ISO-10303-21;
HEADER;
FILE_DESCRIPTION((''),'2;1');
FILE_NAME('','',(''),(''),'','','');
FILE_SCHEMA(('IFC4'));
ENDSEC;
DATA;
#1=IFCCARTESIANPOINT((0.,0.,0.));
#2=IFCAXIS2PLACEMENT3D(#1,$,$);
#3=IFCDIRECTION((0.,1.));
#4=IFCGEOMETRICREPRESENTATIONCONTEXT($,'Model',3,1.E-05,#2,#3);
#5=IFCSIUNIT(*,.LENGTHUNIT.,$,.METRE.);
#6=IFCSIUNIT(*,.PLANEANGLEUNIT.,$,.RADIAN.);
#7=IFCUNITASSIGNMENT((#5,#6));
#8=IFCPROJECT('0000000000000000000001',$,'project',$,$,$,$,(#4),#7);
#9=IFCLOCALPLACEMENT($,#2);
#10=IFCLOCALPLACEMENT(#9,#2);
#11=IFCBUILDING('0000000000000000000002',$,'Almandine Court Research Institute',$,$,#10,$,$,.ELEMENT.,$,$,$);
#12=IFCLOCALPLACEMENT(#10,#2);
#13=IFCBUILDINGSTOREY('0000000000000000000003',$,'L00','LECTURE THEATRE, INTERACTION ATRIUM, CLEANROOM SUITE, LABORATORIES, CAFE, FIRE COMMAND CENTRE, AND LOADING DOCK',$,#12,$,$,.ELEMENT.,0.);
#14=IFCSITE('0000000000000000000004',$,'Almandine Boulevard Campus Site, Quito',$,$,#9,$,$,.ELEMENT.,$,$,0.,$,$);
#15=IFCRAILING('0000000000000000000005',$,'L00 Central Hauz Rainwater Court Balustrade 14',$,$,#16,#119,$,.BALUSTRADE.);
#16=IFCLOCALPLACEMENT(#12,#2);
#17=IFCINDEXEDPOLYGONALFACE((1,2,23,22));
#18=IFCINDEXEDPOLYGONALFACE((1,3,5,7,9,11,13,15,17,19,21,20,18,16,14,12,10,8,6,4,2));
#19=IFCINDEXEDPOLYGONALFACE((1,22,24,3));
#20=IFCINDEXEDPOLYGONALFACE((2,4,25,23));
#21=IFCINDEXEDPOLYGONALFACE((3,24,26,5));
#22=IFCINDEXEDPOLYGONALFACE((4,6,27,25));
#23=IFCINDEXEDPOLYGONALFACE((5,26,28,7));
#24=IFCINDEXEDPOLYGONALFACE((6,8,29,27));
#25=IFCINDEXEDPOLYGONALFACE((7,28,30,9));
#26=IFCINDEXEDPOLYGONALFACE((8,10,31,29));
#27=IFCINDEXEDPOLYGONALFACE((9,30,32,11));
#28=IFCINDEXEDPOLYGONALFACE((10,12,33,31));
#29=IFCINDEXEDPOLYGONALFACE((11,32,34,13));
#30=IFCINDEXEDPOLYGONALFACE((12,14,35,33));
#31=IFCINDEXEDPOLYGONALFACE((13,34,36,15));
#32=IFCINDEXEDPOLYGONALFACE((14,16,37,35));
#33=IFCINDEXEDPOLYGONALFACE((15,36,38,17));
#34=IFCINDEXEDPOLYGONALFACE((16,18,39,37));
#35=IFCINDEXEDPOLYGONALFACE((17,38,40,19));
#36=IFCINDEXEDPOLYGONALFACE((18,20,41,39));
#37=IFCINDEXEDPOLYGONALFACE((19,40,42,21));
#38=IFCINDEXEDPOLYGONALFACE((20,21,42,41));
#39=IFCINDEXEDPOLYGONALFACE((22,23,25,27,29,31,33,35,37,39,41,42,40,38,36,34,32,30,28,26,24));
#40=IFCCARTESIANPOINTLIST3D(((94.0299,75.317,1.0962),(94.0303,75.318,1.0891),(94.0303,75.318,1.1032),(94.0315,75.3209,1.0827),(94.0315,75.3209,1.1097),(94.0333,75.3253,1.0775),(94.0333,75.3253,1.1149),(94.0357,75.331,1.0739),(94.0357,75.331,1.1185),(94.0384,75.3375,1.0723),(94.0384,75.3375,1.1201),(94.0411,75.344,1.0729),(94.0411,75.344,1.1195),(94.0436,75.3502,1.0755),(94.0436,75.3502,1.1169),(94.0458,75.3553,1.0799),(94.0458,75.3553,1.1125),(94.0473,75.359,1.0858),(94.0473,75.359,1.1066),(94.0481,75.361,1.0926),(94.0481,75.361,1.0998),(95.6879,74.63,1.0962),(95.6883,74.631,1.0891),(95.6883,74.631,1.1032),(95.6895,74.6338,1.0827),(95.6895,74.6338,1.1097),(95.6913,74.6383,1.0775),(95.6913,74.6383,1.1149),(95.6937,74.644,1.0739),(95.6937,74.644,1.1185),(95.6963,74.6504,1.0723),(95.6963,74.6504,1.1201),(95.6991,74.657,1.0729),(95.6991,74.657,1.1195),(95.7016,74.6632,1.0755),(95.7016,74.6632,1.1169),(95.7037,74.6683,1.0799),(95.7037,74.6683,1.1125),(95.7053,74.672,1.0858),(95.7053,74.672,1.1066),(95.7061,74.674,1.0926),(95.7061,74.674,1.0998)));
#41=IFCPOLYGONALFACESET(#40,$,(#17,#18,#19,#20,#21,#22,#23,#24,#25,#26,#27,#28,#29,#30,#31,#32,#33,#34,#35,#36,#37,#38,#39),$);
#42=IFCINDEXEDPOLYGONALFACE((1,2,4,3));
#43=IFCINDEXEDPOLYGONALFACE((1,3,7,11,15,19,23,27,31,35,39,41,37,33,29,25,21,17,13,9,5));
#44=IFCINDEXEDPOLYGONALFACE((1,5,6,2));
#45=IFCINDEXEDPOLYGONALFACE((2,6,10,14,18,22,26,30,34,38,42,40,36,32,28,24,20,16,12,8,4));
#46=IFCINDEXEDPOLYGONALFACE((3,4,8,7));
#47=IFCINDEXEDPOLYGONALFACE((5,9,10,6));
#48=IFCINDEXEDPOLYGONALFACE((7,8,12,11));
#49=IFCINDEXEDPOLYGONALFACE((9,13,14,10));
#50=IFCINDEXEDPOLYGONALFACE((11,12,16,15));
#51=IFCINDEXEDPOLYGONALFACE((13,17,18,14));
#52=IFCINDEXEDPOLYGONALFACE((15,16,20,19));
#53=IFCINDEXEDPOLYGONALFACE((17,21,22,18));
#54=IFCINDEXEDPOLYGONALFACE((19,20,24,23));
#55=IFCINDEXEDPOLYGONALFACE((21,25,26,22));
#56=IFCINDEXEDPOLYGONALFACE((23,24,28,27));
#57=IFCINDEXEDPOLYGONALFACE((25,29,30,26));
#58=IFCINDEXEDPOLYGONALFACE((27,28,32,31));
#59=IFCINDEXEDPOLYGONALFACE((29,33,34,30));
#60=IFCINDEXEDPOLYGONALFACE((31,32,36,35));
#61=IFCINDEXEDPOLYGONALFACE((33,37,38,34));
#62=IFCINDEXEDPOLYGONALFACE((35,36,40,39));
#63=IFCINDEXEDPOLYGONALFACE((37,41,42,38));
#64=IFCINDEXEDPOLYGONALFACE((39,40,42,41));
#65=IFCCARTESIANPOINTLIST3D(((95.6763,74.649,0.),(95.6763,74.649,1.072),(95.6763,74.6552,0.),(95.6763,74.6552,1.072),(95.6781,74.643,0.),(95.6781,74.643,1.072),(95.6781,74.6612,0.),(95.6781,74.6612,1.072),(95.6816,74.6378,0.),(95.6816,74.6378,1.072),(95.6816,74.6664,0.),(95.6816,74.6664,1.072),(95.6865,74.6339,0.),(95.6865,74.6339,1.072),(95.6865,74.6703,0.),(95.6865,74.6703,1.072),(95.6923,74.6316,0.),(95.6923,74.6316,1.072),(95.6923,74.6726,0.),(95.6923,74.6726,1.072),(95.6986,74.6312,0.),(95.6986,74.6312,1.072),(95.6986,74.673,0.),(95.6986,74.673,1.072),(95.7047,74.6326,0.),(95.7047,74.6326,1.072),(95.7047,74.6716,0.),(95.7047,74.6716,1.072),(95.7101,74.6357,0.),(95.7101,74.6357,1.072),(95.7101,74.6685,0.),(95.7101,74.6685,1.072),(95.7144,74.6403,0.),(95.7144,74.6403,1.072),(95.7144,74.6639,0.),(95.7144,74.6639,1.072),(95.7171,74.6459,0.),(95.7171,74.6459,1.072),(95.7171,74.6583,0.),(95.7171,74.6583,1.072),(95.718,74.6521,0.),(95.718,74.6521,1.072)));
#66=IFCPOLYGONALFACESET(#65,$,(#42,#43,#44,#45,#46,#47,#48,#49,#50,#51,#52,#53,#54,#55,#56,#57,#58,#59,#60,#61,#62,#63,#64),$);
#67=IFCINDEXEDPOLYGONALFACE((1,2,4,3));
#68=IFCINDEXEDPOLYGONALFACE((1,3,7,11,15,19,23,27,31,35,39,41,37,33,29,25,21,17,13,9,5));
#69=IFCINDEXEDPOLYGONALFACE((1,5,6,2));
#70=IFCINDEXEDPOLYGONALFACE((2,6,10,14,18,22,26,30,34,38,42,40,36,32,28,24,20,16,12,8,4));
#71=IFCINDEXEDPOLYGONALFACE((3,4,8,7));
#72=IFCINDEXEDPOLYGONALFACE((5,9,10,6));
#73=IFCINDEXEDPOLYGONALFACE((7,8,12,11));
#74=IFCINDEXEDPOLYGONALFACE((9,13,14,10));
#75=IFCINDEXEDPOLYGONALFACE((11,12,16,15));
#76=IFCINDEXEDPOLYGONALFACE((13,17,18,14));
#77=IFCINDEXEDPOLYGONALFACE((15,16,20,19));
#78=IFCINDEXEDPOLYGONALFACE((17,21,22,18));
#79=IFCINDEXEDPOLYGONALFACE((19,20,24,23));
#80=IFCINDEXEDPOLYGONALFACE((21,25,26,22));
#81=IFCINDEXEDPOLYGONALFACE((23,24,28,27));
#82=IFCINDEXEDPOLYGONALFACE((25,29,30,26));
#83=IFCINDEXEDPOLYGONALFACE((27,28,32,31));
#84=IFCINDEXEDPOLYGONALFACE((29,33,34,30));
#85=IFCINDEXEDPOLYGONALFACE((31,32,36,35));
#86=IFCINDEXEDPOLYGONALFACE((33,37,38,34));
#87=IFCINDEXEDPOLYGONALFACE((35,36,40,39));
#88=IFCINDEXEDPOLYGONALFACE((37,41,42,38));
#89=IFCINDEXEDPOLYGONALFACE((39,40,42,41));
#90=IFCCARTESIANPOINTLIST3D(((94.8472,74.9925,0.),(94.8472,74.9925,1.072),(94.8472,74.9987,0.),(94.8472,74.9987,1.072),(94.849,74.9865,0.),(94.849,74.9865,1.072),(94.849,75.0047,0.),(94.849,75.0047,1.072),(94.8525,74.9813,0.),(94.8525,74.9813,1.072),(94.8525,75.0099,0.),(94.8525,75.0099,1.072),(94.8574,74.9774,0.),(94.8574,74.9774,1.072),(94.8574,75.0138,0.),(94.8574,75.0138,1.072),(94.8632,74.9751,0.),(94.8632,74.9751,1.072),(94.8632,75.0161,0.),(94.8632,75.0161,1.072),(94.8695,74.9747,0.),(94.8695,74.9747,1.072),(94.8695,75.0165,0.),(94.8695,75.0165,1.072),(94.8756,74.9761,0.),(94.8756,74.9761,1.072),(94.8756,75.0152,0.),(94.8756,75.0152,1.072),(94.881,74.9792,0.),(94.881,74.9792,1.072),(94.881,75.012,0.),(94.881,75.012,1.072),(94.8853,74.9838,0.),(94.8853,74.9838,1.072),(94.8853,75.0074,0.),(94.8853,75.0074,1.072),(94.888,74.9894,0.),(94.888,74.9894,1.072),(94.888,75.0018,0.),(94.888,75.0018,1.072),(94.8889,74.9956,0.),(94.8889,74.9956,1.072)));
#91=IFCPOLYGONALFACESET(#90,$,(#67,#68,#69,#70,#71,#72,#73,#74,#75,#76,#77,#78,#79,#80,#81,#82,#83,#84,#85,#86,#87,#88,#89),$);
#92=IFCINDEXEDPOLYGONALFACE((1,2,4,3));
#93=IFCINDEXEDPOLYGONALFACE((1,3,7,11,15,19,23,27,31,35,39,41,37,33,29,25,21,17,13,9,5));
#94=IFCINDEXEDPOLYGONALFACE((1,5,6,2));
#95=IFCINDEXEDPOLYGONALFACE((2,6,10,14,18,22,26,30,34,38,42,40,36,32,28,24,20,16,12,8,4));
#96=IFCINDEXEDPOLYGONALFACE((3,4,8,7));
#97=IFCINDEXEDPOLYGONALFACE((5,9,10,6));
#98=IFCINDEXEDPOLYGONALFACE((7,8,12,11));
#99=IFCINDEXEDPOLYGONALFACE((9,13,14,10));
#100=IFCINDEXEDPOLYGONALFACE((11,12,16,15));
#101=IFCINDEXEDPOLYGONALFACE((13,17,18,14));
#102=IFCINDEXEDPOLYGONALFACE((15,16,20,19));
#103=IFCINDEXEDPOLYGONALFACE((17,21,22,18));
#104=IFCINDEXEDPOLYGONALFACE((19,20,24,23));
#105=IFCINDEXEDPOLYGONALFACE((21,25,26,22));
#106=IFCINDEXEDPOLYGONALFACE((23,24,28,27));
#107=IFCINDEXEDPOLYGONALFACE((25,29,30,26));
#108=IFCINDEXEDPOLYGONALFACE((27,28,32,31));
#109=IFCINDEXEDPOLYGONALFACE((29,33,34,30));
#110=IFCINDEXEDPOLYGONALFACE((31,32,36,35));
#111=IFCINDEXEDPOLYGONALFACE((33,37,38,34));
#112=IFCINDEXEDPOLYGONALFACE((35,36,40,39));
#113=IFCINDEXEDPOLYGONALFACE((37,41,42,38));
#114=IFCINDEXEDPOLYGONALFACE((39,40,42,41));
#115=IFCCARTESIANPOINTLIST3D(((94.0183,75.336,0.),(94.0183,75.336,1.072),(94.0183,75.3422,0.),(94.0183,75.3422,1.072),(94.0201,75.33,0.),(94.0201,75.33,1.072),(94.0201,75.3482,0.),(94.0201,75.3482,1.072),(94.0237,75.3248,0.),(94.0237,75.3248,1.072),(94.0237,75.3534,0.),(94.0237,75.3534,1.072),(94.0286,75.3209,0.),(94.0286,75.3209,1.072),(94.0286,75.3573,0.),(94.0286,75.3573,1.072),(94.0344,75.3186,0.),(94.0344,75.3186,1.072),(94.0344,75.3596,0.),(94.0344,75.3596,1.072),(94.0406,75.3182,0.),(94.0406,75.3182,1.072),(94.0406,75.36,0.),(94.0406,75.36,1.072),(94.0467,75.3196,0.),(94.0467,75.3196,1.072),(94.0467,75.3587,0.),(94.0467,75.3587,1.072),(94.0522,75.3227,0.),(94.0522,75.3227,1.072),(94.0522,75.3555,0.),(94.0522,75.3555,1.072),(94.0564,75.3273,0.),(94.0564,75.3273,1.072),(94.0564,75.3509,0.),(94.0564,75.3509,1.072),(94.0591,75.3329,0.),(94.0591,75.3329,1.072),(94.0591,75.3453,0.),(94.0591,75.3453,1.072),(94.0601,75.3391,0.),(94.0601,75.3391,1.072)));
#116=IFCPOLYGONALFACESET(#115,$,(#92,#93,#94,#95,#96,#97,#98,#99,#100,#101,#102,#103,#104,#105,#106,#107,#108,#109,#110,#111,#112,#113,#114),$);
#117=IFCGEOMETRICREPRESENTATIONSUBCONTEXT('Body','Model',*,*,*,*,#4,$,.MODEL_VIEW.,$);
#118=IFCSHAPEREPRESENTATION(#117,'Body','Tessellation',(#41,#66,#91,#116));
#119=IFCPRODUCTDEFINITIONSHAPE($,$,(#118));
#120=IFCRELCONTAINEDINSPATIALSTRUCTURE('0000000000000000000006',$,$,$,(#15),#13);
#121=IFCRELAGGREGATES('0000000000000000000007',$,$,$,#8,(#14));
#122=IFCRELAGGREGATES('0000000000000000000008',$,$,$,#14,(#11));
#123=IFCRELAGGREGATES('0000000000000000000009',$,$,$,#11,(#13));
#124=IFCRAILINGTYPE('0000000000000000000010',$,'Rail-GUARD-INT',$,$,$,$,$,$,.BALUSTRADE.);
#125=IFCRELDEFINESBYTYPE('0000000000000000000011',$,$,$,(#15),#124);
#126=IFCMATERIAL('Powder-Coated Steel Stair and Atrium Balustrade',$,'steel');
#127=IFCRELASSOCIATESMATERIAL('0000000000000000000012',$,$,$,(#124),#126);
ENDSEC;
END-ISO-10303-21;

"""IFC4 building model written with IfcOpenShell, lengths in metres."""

from ifc_helpers import new_model, si_unit, direction, frame, origin, origin_2d, place, context, subcontext, project, spatial, circle, extrude, material, type_object, element, save


model = new_model("IFC4")

# Units and contexts
model_context = context("Model", 3, precision=1e-05, world=origin(), true_north=direction((0.0, 1.0)))
body_context = subcontext(model_context, "Body", "Model", "MODEL_VIEW")
ifc_project = project(units=[si_unit("LENGTHUNIT", "METRE"), si_unit("PLANEANGLEUNIT", "RADIAN")], contexts=[model_context])

# Site, building, storey
site_placement = place(None, origin())
site = spatial("IfcSite", under=ifc_project, at=site_placement, Name="Almandine Boulevard Campus Site, Quito", CompositionType="ELEMENT", RefElevation=0.0)
building_placement = place(site_placement, origin())
building = spatial("IfcBuilding", under=site, at=building_placement, Name="Almandine Court Research Institute", CompositionType="ELEMENT")
storey_placement = place(building_placement, origin())
storey = spatial("IfcBuildingStorey", under=building, at=storey_placement, Name="L00", Description="LECTURE THEATRE, INTERACTION ATRIUM, CLEANROOM SUITE, LABORATORIES, CAFE, FIRE COMMAND CENTRE, AND LOADING DOCK", CompositionType="ELEMENT", Elevation=0.0)

# Railing
ifc_material_1 = material(Name="Powder-Coated Steel Stair and Atrium Balustrade", Category="steel")
railing_type = type_object("IfcRailingType", Name="Rail-GUARD-INT", PredefinedType="BALUSTRADE", material=ifc_material_1)
railing_1_placement = place(storey_placement, frame((95.697, 74.6521, 0.0)))
element("IfcRailing", 1, at=railing_1_placement, inside=storey, type_object=railing_type, Name="L00 Central Hauz Rainwater Court Balustrade 14", PredefinedType="BALUSTRADE", context=body_context, shape_type="SweptSolid", body=[
    extrude(circle(Radius=0.0239, at=origin_2d()), frame((0.0, 0.0, 1.0962), z_axis=(-0.923828, 0.382808, 0.0), x_axis=(-0.382808, -0.923828, 0.0)), (0.0, 0.0, 1.0), 1.7947),
    extrude(circle(Radius=0.021, at=origin_2d()), origin(), (0.0, 0.0, 1.0), 1.072),
    extrude(circle(Radius=0.021, at=origin_2d()), frame((-0.8291, 0.3435, 0.0)), (0.0, 0.0, 1.0), 1.072),
    extrude(circle(Radius=0.021, at=origin_2d()), frame((-1.658, 0.687, 0.0)), (0.0, 0.0, 1.0), 1.072),
])

save(model, "model.ifc")
